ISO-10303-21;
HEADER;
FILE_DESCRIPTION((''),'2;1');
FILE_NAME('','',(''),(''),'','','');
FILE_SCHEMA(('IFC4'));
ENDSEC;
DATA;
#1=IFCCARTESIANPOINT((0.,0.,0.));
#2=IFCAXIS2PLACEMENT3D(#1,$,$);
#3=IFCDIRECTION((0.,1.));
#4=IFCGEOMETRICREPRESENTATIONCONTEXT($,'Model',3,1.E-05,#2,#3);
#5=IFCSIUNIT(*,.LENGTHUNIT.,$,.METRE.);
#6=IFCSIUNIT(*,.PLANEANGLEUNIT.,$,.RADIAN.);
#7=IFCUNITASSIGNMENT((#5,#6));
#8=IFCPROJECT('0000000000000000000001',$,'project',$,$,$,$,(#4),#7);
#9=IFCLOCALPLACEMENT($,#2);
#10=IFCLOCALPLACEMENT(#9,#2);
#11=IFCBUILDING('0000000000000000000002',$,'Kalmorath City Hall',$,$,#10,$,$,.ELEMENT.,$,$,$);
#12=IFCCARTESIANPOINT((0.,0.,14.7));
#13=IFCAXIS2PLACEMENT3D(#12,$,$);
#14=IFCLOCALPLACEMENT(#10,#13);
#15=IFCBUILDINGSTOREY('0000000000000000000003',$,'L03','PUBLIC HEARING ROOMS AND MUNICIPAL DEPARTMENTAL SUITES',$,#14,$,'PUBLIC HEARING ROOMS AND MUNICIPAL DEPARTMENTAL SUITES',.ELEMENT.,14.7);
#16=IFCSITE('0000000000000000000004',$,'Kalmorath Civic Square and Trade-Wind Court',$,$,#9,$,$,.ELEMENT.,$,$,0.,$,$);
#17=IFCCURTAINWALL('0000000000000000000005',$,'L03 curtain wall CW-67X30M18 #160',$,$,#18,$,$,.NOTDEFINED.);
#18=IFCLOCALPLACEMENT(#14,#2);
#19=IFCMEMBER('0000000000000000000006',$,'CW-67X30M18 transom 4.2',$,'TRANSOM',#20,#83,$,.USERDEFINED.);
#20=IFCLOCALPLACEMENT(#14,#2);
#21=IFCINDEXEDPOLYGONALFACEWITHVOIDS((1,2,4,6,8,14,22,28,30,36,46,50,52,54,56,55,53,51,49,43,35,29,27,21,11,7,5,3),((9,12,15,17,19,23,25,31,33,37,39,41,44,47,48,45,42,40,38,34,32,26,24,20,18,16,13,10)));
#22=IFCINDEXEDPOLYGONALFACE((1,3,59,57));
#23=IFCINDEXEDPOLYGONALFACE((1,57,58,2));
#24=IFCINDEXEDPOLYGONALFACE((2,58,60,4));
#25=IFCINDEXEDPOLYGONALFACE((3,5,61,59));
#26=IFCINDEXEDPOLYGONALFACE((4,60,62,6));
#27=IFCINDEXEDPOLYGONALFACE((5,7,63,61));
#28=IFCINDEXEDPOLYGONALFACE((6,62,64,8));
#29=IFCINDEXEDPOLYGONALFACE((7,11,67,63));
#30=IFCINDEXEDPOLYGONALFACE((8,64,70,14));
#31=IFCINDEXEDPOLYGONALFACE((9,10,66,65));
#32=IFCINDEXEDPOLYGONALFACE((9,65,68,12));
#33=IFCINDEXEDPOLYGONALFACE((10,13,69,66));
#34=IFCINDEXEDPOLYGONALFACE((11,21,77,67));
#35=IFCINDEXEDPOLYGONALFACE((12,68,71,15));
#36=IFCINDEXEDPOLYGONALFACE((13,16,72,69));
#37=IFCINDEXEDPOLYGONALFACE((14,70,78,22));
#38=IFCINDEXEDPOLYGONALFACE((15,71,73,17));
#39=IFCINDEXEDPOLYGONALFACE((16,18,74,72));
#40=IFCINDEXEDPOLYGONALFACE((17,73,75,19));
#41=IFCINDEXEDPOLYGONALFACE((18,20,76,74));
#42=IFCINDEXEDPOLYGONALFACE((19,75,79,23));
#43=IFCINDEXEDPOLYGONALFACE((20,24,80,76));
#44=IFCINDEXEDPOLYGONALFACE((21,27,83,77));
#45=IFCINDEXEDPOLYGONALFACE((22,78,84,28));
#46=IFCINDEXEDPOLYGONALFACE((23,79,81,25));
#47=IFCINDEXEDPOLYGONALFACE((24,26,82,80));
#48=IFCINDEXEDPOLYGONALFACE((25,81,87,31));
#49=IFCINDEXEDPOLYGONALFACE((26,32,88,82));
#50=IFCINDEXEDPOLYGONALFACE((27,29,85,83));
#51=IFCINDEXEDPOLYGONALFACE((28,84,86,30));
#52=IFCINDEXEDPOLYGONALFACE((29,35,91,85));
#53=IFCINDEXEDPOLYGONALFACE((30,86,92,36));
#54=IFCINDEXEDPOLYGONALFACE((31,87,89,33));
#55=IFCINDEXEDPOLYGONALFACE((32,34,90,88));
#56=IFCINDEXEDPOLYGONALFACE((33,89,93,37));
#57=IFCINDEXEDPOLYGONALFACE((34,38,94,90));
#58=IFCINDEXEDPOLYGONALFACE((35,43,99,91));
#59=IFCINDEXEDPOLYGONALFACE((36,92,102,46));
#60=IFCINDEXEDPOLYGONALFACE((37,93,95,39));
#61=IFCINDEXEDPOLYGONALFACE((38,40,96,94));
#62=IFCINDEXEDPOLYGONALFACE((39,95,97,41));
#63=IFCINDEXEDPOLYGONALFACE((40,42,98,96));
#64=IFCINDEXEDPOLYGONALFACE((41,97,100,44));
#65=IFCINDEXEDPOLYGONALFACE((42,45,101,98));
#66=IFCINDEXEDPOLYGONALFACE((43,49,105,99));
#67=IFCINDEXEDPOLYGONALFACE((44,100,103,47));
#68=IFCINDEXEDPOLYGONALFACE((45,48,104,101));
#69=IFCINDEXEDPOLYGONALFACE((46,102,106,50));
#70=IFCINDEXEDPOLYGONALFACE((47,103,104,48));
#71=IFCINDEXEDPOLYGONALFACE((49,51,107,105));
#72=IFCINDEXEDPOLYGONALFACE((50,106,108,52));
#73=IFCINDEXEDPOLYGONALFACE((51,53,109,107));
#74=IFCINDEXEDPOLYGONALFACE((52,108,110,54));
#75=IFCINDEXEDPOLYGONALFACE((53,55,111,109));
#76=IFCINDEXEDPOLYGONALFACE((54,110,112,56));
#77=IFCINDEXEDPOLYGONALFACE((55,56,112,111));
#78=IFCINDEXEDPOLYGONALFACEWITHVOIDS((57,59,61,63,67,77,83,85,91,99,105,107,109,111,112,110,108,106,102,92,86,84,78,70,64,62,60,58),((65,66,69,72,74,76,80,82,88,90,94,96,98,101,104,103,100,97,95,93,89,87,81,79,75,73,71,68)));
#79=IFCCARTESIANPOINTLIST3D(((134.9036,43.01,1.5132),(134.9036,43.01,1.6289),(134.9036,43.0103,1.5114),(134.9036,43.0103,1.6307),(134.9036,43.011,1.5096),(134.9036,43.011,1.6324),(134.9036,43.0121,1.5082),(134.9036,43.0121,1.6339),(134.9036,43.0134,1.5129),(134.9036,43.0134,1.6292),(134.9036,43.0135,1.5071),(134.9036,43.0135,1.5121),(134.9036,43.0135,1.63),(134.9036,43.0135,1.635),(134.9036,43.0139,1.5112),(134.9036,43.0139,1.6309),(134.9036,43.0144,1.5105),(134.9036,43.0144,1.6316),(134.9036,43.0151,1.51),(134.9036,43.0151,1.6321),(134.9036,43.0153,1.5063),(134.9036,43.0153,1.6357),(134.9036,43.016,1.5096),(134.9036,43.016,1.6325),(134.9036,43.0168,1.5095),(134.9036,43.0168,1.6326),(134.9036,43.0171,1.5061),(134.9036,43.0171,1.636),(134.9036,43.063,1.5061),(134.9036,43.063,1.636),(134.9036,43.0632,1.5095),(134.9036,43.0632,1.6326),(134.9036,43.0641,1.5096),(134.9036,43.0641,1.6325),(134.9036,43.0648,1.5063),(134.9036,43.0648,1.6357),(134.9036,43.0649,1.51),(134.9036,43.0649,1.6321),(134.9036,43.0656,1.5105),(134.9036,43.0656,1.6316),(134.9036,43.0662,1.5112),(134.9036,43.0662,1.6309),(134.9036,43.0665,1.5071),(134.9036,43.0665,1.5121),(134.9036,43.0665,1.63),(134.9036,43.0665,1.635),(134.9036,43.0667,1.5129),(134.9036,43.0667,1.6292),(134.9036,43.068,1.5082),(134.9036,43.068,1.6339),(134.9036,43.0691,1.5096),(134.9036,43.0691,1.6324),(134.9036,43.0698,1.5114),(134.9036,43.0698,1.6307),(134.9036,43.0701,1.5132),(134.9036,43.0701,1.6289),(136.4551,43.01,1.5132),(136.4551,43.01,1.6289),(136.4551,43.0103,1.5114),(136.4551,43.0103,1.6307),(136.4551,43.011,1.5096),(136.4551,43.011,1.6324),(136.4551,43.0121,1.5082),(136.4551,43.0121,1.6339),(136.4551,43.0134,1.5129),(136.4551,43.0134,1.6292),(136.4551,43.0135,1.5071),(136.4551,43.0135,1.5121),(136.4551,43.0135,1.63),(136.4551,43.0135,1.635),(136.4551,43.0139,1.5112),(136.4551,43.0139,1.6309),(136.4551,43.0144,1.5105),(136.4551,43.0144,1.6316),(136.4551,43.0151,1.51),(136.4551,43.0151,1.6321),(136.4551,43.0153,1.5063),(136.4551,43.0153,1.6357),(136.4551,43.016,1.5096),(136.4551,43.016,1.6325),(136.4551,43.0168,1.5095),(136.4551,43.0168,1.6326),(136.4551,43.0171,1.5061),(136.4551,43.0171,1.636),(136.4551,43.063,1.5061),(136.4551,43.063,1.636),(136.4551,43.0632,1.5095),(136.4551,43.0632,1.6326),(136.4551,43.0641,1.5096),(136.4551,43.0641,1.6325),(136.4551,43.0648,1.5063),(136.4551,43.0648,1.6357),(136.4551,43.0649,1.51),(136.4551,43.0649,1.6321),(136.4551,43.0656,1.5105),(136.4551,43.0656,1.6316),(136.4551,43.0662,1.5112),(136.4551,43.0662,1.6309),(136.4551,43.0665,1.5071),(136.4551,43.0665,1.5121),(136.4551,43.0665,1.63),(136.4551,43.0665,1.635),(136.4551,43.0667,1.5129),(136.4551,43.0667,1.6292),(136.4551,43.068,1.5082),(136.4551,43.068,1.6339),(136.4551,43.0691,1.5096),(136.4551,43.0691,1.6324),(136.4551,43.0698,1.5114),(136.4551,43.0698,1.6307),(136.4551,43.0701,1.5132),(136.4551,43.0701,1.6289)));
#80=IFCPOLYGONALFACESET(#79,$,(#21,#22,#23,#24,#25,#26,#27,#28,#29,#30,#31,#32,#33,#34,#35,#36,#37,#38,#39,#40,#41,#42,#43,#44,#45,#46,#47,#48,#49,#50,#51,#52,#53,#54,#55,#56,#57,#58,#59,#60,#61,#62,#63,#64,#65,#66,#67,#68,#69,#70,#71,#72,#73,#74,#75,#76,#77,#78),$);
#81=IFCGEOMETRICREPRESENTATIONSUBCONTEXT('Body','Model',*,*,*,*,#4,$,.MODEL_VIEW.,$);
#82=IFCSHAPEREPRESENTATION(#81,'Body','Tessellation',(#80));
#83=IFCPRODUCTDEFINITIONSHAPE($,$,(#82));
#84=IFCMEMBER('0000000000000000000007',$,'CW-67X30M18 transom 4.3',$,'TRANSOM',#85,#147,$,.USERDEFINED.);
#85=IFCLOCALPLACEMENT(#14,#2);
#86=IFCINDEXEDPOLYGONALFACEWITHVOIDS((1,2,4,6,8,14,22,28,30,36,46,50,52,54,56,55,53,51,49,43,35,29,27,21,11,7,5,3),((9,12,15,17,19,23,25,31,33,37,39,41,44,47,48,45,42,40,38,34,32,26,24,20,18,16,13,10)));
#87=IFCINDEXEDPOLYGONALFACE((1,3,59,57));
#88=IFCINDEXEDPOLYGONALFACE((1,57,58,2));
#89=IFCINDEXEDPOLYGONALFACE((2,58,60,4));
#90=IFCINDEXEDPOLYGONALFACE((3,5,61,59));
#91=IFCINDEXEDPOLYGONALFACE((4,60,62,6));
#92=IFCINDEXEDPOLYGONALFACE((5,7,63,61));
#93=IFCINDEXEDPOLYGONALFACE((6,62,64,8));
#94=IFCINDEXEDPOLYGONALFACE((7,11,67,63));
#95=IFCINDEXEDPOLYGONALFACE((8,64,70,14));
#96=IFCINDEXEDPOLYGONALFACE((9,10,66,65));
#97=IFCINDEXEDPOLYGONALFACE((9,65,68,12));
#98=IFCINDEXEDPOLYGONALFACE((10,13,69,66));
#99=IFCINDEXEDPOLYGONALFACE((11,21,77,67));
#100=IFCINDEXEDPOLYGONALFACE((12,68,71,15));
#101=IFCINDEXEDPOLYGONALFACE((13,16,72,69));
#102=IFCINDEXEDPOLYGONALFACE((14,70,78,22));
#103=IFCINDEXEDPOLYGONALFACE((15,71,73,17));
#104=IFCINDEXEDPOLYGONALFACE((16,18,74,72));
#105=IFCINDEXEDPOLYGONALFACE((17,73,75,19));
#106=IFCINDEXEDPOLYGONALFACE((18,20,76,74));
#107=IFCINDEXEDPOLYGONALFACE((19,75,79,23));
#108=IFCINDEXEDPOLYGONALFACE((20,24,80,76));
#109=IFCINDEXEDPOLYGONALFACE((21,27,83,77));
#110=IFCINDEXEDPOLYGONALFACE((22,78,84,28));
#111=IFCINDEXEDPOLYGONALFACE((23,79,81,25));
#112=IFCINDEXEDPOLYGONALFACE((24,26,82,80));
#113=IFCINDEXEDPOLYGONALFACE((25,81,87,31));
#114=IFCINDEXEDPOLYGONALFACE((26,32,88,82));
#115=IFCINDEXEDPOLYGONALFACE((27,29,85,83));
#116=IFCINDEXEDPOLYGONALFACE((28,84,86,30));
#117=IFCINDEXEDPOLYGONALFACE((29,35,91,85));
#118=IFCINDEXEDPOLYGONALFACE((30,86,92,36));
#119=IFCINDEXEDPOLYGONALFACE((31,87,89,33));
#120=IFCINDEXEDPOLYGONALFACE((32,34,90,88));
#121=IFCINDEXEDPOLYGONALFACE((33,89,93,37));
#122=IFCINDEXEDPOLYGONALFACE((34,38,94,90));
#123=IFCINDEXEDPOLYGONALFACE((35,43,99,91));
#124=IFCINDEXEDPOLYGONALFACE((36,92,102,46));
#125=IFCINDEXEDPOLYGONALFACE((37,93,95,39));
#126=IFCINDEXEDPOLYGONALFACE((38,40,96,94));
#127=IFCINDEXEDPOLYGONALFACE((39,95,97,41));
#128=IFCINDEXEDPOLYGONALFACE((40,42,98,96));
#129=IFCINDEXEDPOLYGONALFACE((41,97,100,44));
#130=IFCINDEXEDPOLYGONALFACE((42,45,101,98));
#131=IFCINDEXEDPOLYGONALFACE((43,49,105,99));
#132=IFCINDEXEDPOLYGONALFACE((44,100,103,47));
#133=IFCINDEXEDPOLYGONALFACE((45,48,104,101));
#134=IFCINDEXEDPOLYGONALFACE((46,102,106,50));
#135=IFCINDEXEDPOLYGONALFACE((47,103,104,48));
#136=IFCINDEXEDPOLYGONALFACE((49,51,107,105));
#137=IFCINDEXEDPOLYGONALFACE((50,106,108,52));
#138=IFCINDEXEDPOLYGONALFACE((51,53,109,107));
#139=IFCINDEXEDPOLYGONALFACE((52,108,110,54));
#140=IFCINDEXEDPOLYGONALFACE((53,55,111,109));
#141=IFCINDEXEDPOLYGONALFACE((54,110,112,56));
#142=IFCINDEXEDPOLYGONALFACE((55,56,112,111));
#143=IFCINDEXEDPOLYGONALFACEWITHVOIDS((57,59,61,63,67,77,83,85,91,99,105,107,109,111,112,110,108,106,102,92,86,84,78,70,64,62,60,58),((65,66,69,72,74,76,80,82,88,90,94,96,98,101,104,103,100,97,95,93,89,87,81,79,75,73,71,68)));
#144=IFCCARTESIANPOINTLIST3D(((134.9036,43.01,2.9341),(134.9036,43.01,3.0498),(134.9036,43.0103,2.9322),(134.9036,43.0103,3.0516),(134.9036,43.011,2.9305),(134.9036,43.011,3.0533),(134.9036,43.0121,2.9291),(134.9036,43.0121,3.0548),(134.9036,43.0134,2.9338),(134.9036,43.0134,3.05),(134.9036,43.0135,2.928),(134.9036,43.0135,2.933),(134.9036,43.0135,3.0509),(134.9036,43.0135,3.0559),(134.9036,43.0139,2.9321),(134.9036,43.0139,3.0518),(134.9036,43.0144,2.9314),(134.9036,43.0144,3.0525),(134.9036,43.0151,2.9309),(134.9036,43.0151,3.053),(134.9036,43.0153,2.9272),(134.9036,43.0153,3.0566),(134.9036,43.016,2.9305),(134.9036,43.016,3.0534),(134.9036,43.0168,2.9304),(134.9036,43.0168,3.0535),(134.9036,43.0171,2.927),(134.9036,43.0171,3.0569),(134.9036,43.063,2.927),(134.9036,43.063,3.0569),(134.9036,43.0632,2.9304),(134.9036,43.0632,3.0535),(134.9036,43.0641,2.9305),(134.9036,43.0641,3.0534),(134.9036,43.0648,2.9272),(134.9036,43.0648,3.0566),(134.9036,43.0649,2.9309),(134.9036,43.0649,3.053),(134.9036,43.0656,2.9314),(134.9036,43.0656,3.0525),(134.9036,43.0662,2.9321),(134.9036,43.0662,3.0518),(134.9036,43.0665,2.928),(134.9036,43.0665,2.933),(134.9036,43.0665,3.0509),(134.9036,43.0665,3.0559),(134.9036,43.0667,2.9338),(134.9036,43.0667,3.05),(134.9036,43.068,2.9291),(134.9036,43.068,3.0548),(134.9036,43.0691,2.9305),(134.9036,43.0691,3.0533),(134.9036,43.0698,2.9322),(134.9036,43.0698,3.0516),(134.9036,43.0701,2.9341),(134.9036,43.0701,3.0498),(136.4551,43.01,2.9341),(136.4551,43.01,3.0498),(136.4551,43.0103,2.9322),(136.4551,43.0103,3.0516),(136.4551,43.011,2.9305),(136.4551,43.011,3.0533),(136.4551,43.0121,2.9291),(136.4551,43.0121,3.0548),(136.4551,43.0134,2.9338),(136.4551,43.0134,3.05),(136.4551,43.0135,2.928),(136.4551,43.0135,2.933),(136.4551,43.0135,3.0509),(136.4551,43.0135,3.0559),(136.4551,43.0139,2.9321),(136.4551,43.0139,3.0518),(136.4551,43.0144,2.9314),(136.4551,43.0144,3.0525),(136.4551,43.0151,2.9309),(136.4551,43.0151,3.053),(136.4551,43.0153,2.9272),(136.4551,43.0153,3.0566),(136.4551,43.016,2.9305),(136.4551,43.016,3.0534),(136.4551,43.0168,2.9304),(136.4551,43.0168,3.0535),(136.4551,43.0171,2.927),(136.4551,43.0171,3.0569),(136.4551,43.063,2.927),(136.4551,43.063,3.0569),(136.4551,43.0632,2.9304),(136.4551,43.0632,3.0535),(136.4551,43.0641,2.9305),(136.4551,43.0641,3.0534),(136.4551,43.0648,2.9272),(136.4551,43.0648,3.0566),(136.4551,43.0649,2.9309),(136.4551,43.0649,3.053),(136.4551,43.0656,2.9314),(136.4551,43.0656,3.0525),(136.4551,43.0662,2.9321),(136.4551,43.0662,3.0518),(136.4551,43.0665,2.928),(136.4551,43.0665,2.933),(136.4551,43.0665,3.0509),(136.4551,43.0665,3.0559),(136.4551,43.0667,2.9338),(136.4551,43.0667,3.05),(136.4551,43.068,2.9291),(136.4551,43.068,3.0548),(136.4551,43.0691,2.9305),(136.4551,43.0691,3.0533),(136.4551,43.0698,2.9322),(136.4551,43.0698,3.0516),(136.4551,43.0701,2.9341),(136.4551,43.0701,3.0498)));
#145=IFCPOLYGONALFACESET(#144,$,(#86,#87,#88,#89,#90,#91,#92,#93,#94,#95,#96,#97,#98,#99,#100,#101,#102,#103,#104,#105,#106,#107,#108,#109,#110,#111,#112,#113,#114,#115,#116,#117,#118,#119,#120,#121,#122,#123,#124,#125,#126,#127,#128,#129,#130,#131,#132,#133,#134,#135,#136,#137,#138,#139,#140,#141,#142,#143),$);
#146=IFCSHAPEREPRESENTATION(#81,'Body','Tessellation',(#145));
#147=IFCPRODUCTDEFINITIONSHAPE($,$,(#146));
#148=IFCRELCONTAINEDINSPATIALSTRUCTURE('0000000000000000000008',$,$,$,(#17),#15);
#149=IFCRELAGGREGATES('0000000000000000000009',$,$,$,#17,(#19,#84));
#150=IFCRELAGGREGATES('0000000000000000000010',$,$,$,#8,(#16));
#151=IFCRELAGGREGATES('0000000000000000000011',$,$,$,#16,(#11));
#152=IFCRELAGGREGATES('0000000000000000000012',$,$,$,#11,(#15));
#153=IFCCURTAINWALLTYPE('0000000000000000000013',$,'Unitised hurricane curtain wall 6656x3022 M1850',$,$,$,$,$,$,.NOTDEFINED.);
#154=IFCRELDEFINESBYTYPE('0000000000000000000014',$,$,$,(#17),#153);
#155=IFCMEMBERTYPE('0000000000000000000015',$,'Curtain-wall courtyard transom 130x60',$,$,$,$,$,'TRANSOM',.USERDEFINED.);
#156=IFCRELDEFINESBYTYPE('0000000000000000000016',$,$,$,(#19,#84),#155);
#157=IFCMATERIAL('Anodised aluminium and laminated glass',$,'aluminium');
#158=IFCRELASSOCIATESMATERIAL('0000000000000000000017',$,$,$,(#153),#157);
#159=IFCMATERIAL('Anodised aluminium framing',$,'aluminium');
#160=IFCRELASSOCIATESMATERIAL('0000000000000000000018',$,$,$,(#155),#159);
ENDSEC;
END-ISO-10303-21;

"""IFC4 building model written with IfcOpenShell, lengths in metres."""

from ifc_helpers import new_model, si_unit, direction, frame, origin, origin_2d, place, context, subcontext, project, spatial, hollow_rectangle, extrude, material, material_profile, profile_set, type_object, element, aggregate, save


model = new_model("IFC4")

# Units and contexts
model_context = context("Model", 3, precision=1e-05, world=origin(), true_north=direction((0.0, 1.0)))
body_context = subcontext(model_context, "Body", "Model", "MODEL_VIEW")
ifc_project = project(units=[si_unit("LENGTHUNIT", "METRE"), si_unit("PLANEANGLEUNIT", "RADIAN")], contexts=[model_context])

# Site, building, storey
site_placement = place(None, origin())
site = spatial("IfcSite", under=ifc_project, at=site_placement, Name="Kalmorath Civic Square and Trade-Wind Court", CompositionType="ELEMENT", RefElevation=0.0)
building_placement = place(site_placement, origin())
building = spatial("IfcBuilding", under=site, at=building_placement, Name="Kalmorath City Hall", CompositionType="ELEMENT")
storey_placement = place(building_placement, frame((0.0, 0.0, 14.7)))
storey = spatial("IfcBuildingStorey", under=building, at=storey_placement, Name="L03", Description="PUBLIC HEARING ROOMS AND MUNICIPAL DEPARTMENTAL SUITES", LongName="PUBLIC HEARING ROOMS AND MUNICIPAL DEPARTMENTAL SUITES", CompositionType="ELEMENT", Elevation=14.7)

# Curtain wall, members
ifc_material_1 = material(Name="Anodised aluminium and laminated glass", Category="aluminium")
curtain_wall_type = type_object("IfcCurtainWallType", Name="Unitised hurricane curtain wall 6656x3022 M1850", PredefinedType="NOTDEFINED", material=ifc_material_1)
curtain_wall_placement = place(storey_placement, origin())
curtain_wall = element("IfcCurtainWall", 1, at=curtain_wall_placement, inside=storey, type_object=curtain_wall_type, Name="L03 curtain wall CW-67X30M18 #160", PredefinedType="NOTDEFINED")
ifc_material_2 = material(Name="Anodised aluminium framing", Category="aluminium")
ifc_material_profile_1 = material_profile(ifc_material_2, hollow_rectangle(XDim=0.0601, YDim=0.1299, WallThickness=0.0034, InnerFilletRadius=0.0034, OuterFilletRadius=0.0071, at=origin_2d()), Name="ALU-TRN-130X60X3.5")
ifc_profile_set_1 = profile_set([ifc_material_profile_1], Name="Anodised aluminium framing")
member_type_1 = type_object("IfcMemberType", Name="Curtain-wall courtyard transom 130x60", ElementType="TRANSOM", PredefinedType="USERDEFINED", material=ifc_profile_set_1)
member_1_placement = place(storey_placement, frame((134.9036, 43.04, 1.571), z_axis=(1.0, 0.0, 0.0), x_axis=(0.0, 1.0, 0.0)))
member_1 = element("IfcMember", 2, at=member_1_placement, type_object=member_type_1, Name="CW-67X30M18 transom 4.2", ObjectType="TRANSOM", PredefinedType="USERDEFINED", context=body_context, shape_type="SweptSolid", body=[
    extrude(hollow_rectangle(XDim=0.0601, YDim=0.1299, WallThickness=0.0034, InnerFilletRadius=0.0034, OuterFilletRadius=0.0071, at=origin_2d()), origin(), (0.0, 0.0, 1.0), 1.5515),
])
member_2_placement = place(storey_placement, frame((134.9036, 43.04, 2.9919), z_axis=(1.0, 0.0, 0.0), x_axis=(0.0, 1.0, 0.0)))
member_2 = element("IfcMember", 3, at=member_2_placement, type_object=member_type_1, Name="CW-67X30M18 transom 4.3", ObjectType="TRANSOM", PredefinedType="USERDEFINED", context=body_context, shape_type="SweptSolid", body=[
    extrude(hollow_rectangle(XDim=0.0601, YDim=0.1299, WallThickness=0.0034, InnerFilletRadius=0.0034, OuterFilletRadius=0.0071, at=origin_2d()), origin(), (0.0, 0.0, 1.0), 1.5515),
])
aggregate(curtain_wall, [member_1, member_2])

save(model, "model.ifc")
